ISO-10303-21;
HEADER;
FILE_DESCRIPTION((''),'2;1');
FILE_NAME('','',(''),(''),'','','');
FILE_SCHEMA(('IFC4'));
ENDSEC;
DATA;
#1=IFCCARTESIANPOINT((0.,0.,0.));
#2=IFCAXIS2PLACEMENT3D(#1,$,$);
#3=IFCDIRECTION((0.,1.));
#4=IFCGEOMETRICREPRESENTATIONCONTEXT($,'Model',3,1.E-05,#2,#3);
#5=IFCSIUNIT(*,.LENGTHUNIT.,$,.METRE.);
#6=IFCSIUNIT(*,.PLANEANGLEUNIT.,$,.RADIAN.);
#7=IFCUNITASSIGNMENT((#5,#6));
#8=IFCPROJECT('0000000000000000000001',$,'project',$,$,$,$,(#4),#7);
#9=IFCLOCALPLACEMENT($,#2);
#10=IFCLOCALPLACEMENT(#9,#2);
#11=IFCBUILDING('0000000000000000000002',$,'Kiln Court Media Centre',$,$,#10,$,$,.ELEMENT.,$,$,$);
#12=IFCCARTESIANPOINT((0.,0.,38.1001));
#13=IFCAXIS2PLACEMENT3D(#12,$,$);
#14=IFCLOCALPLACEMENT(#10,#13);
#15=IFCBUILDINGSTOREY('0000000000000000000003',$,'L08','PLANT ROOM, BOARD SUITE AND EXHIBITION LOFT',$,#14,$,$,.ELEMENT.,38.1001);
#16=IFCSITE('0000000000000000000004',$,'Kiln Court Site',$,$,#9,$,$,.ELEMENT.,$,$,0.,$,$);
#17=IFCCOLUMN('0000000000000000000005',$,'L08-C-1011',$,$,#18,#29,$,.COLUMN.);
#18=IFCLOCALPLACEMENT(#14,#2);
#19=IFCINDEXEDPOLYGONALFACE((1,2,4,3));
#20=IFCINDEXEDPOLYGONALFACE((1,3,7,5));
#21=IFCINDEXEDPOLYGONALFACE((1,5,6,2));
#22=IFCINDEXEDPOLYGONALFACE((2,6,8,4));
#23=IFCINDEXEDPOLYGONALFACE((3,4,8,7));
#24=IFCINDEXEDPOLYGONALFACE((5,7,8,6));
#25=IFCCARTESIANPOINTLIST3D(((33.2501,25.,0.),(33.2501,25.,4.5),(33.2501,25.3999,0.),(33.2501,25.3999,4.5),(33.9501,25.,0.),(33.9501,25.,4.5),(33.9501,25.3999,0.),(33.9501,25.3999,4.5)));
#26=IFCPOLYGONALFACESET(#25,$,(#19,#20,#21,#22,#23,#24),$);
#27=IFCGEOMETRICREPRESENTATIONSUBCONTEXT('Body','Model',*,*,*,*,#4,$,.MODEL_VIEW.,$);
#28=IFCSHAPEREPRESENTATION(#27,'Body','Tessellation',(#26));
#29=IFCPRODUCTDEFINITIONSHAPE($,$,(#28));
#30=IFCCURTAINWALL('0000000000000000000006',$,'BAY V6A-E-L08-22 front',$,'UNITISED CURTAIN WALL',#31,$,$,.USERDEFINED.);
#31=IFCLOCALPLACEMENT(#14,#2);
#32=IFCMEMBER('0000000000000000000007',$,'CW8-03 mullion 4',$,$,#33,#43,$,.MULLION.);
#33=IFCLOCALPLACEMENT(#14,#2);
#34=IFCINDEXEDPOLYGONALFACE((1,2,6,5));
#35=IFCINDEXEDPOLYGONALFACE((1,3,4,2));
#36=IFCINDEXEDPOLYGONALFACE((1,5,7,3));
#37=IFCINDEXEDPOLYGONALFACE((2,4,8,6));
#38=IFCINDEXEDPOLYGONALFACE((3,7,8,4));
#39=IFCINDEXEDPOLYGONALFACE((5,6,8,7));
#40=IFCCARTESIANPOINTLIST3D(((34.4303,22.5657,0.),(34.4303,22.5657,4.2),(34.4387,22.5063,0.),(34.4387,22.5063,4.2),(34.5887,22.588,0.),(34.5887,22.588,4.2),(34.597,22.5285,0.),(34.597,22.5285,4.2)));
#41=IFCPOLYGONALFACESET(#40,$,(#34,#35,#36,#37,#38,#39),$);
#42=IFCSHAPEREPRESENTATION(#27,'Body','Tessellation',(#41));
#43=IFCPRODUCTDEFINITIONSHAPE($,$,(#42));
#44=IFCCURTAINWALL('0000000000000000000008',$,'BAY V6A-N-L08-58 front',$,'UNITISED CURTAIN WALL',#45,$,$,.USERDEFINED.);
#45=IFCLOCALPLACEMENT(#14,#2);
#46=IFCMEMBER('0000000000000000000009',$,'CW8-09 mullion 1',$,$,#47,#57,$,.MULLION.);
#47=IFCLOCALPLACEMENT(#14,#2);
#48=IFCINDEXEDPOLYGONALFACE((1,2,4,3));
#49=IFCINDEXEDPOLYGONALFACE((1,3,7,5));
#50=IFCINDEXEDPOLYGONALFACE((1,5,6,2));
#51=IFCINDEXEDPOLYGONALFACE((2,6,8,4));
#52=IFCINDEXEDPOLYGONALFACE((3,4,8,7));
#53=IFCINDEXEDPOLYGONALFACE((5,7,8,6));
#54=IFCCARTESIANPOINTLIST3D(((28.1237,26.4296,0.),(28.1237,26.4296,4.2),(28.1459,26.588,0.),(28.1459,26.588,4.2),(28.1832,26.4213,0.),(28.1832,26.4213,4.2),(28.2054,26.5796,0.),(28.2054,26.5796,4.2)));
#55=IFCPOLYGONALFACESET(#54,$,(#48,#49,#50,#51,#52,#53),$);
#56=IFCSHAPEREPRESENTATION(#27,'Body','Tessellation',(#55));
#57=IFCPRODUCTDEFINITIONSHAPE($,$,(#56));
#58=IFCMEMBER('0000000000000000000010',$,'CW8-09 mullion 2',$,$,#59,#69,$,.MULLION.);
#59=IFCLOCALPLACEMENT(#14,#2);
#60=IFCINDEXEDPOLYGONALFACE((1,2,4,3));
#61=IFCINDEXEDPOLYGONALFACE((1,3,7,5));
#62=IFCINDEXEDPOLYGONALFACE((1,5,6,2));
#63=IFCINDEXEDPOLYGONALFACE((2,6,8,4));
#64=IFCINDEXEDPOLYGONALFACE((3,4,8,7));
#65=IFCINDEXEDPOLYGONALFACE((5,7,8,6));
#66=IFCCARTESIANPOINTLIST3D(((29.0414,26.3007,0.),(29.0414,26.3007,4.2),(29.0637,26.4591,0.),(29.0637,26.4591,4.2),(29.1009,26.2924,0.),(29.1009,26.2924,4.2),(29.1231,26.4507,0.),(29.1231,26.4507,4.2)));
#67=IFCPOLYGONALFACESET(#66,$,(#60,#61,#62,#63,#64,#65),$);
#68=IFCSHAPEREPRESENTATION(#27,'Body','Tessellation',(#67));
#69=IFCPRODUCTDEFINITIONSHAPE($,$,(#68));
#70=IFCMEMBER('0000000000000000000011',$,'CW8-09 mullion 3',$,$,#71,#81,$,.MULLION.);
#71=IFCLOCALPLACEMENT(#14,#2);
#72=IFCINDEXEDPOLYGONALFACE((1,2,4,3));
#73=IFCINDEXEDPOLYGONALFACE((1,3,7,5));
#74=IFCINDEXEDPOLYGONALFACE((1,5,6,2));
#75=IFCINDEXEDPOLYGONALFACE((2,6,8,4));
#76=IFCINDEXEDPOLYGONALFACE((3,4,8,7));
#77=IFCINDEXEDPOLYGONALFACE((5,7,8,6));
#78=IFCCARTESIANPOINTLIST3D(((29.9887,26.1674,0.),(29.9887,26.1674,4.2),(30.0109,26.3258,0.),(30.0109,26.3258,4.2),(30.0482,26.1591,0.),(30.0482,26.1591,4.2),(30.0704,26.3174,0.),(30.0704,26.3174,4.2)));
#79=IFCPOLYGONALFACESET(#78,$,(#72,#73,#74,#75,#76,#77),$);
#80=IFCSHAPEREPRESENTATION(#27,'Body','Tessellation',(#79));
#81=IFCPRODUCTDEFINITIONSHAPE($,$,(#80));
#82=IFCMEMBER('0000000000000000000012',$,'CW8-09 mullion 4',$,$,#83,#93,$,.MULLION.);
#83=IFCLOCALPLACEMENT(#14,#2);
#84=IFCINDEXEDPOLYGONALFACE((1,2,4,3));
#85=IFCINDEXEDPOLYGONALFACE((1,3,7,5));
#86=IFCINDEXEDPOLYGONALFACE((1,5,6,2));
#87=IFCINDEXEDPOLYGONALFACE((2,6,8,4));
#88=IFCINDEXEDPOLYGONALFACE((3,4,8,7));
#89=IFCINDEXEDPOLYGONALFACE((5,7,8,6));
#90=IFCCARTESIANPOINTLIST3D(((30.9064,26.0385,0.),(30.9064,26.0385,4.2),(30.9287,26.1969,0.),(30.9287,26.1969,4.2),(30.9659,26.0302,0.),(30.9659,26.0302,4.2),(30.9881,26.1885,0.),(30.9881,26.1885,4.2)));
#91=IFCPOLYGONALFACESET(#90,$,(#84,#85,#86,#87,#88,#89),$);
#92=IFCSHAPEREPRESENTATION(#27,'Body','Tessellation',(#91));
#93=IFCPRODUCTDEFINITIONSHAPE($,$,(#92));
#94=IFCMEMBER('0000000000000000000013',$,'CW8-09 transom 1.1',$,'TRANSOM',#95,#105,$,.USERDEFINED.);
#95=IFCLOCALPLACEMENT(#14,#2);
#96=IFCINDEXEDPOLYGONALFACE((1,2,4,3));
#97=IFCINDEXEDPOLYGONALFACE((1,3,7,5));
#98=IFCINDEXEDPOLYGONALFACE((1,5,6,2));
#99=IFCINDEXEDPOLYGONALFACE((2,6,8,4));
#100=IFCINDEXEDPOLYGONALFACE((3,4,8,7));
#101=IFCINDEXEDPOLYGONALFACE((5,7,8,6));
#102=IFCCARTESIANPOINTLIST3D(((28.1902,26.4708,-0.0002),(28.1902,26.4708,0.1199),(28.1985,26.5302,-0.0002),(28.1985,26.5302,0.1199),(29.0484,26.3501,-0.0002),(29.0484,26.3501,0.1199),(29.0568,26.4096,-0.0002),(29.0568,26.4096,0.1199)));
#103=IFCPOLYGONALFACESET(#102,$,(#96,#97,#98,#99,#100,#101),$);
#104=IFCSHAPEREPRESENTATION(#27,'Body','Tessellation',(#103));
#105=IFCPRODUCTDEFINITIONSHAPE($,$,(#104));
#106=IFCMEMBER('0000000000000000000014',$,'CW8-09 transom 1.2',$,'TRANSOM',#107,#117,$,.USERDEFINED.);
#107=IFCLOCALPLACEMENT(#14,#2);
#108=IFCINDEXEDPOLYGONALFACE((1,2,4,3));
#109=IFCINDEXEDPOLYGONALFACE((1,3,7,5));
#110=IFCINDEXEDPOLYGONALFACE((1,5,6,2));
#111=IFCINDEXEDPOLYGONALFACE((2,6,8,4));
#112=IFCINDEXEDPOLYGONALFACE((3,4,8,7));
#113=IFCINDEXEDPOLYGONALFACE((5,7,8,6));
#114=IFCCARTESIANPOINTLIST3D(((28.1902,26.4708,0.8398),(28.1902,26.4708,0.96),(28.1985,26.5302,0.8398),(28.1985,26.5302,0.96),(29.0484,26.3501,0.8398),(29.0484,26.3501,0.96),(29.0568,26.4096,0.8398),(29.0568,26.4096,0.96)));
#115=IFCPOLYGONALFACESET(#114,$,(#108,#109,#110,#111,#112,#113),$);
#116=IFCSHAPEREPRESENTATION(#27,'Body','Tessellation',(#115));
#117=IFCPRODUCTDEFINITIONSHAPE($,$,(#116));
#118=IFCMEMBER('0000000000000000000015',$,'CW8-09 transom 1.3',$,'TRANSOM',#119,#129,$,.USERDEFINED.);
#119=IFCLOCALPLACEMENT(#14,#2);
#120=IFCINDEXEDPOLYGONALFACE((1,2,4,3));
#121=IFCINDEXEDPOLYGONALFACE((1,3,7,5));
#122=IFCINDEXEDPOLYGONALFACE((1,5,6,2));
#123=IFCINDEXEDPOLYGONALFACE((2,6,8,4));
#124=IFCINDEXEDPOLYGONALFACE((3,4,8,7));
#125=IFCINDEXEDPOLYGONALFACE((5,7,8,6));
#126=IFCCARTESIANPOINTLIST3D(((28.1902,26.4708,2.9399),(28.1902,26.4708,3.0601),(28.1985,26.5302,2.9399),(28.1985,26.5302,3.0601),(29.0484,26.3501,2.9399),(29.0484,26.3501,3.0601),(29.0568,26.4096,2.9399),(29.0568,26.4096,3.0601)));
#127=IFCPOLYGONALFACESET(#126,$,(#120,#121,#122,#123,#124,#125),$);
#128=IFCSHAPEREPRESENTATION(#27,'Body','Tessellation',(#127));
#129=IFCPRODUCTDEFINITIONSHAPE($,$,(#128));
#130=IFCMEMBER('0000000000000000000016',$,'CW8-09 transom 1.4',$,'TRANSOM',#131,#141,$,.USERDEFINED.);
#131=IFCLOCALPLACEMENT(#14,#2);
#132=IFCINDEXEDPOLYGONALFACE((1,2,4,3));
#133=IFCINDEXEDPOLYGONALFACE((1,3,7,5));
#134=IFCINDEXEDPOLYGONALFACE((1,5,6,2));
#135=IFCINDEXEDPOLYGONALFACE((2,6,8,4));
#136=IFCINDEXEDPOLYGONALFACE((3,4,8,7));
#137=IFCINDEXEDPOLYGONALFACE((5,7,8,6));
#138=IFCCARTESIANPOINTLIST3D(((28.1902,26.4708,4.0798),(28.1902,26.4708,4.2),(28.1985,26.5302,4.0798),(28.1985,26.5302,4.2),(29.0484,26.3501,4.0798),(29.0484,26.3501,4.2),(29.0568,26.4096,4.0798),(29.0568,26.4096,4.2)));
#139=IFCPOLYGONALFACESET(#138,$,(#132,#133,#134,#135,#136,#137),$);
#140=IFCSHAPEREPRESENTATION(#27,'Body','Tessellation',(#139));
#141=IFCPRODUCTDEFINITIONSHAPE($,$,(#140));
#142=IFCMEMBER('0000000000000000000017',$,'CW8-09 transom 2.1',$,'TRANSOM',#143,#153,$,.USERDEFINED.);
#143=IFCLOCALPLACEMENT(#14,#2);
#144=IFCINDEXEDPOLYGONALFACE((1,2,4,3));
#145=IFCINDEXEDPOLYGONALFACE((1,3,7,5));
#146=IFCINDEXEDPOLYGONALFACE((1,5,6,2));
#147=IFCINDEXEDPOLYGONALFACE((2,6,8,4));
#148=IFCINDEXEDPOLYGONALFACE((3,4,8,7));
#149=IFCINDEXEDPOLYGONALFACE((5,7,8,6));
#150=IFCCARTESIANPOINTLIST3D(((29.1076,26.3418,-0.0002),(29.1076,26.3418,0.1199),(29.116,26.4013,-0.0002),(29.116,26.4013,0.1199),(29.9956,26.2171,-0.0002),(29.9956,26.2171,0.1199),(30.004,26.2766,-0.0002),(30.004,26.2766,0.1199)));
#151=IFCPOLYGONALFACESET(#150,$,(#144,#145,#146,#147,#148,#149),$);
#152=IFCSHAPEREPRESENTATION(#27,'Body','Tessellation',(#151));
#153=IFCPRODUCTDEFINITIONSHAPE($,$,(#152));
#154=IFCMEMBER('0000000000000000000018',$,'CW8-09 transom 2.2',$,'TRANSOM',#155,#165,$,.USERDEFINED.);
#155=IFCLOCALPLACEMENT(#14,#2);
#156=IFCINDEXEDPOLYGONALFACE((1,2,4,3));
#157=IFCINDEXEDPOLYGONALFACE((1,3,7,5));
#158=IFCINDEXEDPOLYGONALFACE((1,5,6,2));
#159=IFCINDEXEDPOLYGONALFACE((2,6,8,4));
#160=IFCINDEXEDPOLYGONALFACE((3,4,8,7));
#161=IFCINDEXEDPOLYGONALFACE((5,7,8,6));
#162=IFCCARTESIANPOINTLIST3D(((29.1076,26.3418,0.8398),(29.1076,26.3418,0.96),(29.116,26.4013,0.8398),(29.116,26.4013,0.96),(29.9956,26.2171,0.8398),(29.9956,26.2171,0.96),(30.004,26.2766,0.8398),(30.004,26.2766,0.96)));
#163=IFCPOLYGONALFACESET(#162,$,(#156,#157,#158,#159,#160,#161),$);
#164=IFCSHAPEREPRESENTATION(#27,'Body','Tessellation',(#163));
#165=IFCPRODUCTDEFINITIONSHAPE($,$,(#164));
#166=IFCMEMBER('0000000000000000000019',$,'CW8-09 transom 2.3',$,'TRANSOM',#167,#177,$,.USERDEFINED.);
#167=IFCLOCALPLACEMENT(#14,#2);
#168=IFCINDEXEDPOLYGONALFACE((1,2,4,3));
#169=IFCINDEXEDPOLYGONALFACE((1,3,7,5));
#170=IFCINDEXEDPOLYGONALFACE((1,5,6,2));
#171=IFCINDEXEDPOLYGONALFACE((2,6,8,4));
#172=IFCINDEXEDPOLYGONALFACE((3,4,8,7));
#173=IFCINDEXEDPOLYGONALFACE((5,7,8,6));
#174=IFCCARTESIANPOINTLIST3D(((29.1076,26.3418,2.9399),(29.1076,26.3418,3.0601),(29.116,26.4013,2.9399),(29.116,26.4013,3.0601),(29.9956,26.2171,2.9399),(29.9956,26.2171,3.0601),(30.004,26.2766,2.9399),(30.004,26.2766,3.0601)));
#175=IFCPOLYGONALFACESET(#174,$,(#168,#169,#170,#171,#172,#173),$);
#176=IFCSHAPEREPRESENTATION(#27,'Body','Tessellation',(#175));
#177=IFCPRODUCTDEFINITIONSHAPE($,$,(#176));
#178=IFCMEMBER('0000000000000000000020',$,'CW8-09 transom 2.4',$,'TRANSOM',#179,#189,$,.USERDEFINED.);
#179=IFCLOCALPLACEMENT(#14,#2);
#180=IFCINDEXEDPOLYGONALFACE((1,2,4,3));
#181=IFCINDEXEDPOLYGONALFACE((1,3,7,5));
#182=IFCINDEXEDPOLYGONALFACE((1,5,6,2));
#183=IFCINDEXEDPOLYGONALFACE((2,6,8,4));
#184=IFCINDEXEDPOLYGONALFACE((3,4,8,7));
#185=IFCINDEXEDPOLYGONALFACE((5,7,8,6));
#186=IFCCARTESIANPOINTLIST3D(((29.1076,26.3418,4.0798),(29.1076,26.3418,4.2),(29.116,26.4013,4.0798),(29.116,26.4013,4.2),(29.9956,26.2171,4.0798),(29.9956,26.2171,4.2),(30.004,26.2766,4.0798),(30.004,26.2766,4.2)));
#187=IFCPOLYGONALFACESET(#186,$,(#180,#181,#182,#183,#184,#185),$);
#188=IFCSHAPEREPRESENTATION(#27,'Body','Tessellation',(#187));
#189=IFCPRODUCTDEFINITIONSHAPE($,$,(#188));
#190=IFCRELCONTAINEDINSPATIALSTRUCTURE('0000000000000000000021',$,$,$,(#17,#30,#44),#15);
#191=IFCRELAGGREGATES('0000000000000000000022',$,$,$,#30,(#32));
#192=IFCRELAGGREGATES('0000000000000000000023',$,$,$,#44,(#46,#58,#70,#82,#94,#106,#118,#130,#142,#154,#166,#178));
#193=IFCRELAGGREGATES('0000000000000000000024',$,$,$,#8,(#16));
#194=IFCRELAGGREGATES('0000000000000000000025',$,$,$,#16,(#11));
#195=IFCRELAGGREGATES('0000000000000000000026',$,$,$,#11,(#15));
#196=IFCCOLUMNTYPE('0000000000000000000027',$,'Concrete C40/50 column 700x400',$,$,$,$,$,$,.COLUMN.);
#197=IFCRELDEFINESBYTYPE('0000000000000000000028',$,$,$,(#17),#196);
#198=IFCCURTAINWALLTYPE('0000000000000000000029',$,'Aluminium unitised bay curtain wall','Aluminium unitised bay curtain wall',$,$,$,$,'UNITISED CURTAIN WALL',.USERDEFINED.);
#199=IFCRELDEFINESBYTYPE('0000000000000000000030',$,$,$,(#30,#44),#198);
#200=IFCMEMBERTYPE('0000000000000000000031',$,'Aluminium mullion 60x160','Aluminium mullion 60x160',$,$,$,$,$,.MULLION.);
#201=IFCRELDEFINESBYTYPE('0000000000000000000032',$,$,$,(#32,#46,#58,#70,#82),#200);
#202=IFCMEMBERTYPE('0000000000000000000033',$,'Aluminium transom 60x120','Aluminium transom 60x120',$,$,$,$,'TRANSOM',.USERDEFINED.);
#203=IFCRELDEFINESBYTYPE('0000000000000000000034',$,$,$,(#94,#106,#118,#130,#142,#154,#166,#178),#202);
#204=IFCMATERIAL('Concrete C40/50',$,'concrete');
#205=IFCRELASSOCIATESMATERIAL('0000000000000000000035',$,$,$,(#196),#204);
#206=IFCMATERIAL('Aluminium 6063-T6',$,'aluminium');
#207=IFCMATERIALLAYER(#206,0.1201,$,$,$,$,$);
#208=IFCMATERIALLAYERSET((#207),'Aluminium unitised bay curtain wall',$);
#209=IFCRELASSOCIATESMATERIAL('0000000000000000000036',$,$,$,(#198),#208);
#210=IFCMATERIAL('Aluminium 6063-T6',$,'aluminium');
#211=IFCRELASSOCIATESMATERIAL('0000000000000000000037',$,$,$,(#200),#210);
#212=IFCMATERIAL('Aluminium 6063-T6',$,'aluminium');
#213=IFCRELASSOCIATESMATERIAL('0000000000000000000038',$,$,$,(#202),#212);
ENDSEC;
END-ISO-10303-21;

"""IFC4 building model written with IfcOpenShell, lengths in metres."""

from ifc_helpers import new_model, si_unit, direction, frame, origin, origin_2d, place, context, subcontext, project, spatial, rectangle, extrude, material, layer, layer_set, material_profile, profile_set, type_object, element, aggregate, save


model = new_model("IFC4")

# Units and contexts
model_context = context("Model", 3, precision=1e-05, world=origin(), true_north=direction((0.0, 1.0)))
body_context = subcontext(model_context, "Body", "Model", "MODEL_VIEW")
ifc_project = project(units=[si_unit("LENGTHUNIT", "METRE"), si_unit("PLANEANGLEUNIT", "RADIAN")], contexts=[model_context])

# Site, building, storey
site_placement = place(None, origin())
site = spatial("IfcSite", under=ifc_project, at=site_placement, Name="Kiln Court Site", CompositionType="ELEMENT", RefElevation=0.0)
building_placement = place(site_placement, origin())
building = spatial("IfcBuilding", under=site, at=building_placement, Name="Kiln Court Media Centre", CompositionType="ELEMENT")
storey_placement = place(building_placement, frame((0.0, 0.0, 38.1001)))
storey = spatial("IfcBuildingStorey", under=building, at=storey_placement, Name="L08", Description="PLANT ROOM, BOARD SUITE AND EXHIBITION LOFT", CompositionType="ELEMENT", Elevation=38.1001)

# Column
ifc_material_1 = material(Name="Concrete C40/50", Category="concrete")
ifc_material_profile_1 = material_profile(ifc_material_1, rectangle(XDim=0.7, YDim=0.3999, at=origin_2d()), Name="RC 700x400")
ifc_profile_set_1 = profile_set([ifc_material_profile_1], Name="Concrete C40/50")
column_type = type_object("IfcColumnType", Name="Concrete C40/50 column 700x400", PredefinedType="COLUMN", material=ifc_profile_set_1)
column_placement = place(storey_placement, frame((33.6001, 25.2, 0.0), z_axis=(0.0, 0.0, 1.0), x_axis=(1.0, 0.0, 0.0)))
element("IfcColumn", 1, at=column_placement, inside=storey, type_object=column_type, Name="L08-C-1011", PredefinedType="COLUMN", context=body_context, shape_type="SweptSolid", body=[
    extrude(rectangle(XDim=0.7, YDim=0.3999, at=origin_2d()), origin(), (0.0, 0.0, 1.0), 4.5),
])

# Curtain wall, member
ifc_material_2 = material(Name="Aluminium 6063-T6", Category="aluminium")
ifc_layer_1 = layer(ifc_material_2, 0.1201)
ifc_layer_set_1 = layer_set([ifc_layer_1], Name="Aluminium unitised bay curtain wall")
curtain_wall_type = type_object("IfcCurtainWallType", Name="Aluminium unitised bay curtain wall", Description="Aluminium unitised bay curtain wall", ElementType="UNITISED CURTAIN WALL", PredefinedType="USERDEFINED", material=ifc_layer_set_1)
curtain_wall_1_placement = place(storey_placement, origin())
curtain_wall_1 = element("IfcCurtainWall", 2, at=curtain_wall_1_placement, inside=storey, type_object=curtain_wall_type, Name="BAY V6A-E-L08-22 front", ObjectType="UNITISED CURTAIN WALL", PredefinedType="USERDEFINED")
ifc_material_3 = material(Name="Aluminium 6063-T6", Category="aluminium")
ifc_material_profile_2 = material_profile(ifc_material_3, rectangle(XDim=0.0601, YDim=0.1599, at=origin_2d()), Name="Aluminium mullion 60x160")
ifc_profile_set_2 = profile_set([ifc_material_profile_2], Name="Aluminium 6063-T6")
member_type_1 = type_object("IfcMemberType", Name="Aluminium mullion 60x160", Description="Aluminium mullion 60x160", PredefinedType="MULLION", material=ifc_profile_set_2)
member_1_placement = place(storey_placement, frame((34.5137, 22.5471, 0.0), z_axis=(0.0, 0.0, 1.0), x_axis=(-0.139162, 0.99027, 0.0)))
member_1 = element("IfcMember", 3, at=member_1_placement, type_object=member_type_1, Name="CW8-03 mullion 4", PredefinedType="MULLION", context=body_context, shape_type="SweptSolid", body=[
    extrude(rectangle(XDim=0.0601, YDim=0.1599, at=origin_2d()), origin(), (0.0, 0.0, 1.0), 4.2),
])

# Curtain wall, members
curtain_wall_2_placement = place(storey_placement, origin())
curtain_wall_2 = element("IfcCurtainWall", 4, at=curtain_wall_2_placement, inside=storey, type_object=curtain_wall_type, Name="BAY V6A-N-L08-58 front", ObjectType="UNITISED CURTAIN WALL", PredefinedType="USERDEFINED")
member_2_placement = place(storey_placement, frame((28.1646, 26.5046, 0.0), z_axis=(0.0, 0.0, 1.0), x_axis=(0.99027, -0.139162, 0.0)))
member_2 = element("IfcMember", 5, at=member_2_placement, type_object=member_type_1, Name="CW8-09 mullion 1", PredefinedType="MULLION", context=body_context, shape_type="SweptSolid", body=[
    extrude(rectangle(XDim=0.0601, YDim=0.1599, at=origin_2d()), origin(), (0.0, 0.0, 1.0), 4.2),
])
member_3_placement = place(storey_placement, frame((29.0823, 26.3757, 0.0), z_axis=(0.0, 0.0, 1.0), x_axis=(0.99027, -0.139162, 0.0)))
member_3 = element("IfcMember", 6, at=member_3_placement, type_object=member_type_1, Name="CW8-09 mullion 2", PredefinedType="MULLION", context=body_context, shape_type="SweptSolid", body=[
    extrude(rectangle(XDim=0.0601, YDim=0.1599, at=origin_2d()), origin(), (0.0, 0.0, 1.0), 4.2),
])
member_4_placement = place(storey_placement, frame((30.0295, 26.2424, 0.0), z_axis=(0.0, 0.0, 1.0), x_axis=(0.99027, -0.139162, 0.0)))
member_4 = element("IfcMember", 7, at=member_4_placement, type_object=member_type_1, Name="CW8-09 mullion 3", PredefinedType="MULLION", context=body_context, shape_type="SweptSolid", body=[
    extrude(rectangle(XDim=0.0601, YDim=0.1599, at=origin_2d()), origin(), (0.0, 0.0, 1.0), 4.2),
])
member_5_placement = place(storey_placement, frame((30.9473, 26.1135, 0.0), z_axis=(0.0, 0.0, 1.0), x_axis=(0.99027, -0.139162, 0.0)))
member_5 = element("IfcMember", 8, at=member_5_placement, type_object=member_type_1, Name="CW8-09 mullion 4", PredefinedType="MULLION", context=body_context, shape_type="SweptSolid", body=[
    extrude(rectangle(XDim=0.0601, YDim=0.1599, at=origin_2d()), origin(), (0.0, 0.0, 1.0), 4.2),
])
ifc_material_4 = material(Name="Aluminium 6063-T6", Category="aluminium")
ifc_material_profile_3 = material_profile(ifc_material_4, rectangle(XDim=0.0601, YDim=0.1201, at=origin_2d()), Name="Aluminium transom 60x120")
ifc_profile_set_3 = profile_set([ifc_material_profile_3], Name="Aluminium 6063-T6")
member_type_2 = type_object("IfcMemberType", Name="Aluminium transom 60x120", Description="Aluminium transom 60x120", ElementType="TRANSOM", PredefinedType="USERDEFINED", material=ifc_profile_set_3)
member_6_placement = place(storey_placement, frame((28.1943, 26.5005, 0.0598), z_axis=(0.990268, -0.139173, 0.0), x_axis=(0.139173, 0.990268, 0.0)))
member_6 = element("IfcMember", 9, at=member_6_placement, type_object=member_type_2, Name="CW8-09 transom 1.1", ObjectType="TRANSOM", PredefinedType="USERDEFINED", context=body_context, shape_type="SweptSolid", body=[
    extrude(rectangle(XDim=0.0601, YDim=0.1201, at=origin_2d()), origin(), (0.0, 0.0, 1.0), 0.8667),
])
member_7_placement = place(storey_placement, frame((28.1943, 26.5005, 0.8999), z_axis=(0.990268, -0.139173, 0.0), x_axis=(0.139173, 0.990268, 0.0)))
member_7 = element("IfcMember", 10, at=member_7_placement, type_object=member_type_2, Name="CW8-09 transom 1.2", ObjectType="TRANSOM", PredefinedType="USERDEFINED", context=body_context, shape_type="SweptSolid", body=[
    extrude(rectangle(XDim=0.0601, YDim=0.1201, at=origin_2d()), origin(), (0.0, 0.0, 1.0), 0.8667),
])
member_8_placement = place(storey_placement, frame((28.1943, 26.5005, 3.0), z_axis=(0.990268, -0.139173, 0.0), x_axis=(0.139173, 0.990268, 0.0)))
member_8 = element("IfcMember", 11, at=member_8_placement, type_object=member_type_2, Name="CW8-09 transom 1.3", ObjectType="TRANSOM", PredefinedType="USERDEFINED", context=body_context, shape_type="SweptSolid", body=[
    extrude(rectangle(XDim=0.0601, YDim=0.1201, at=origin_2d()), origin(), (0.0, 0.0, 1.0), 0.8667),
])
member_9_placement = place(storey_placement, frame((28.1943, 26.5005, 4.1399), z_axis=(0.990268, -0.139173, 0.0), x_axis=(0.139173, 0.990268, 0.0)))
member_9 = element("IfcMember", 12, at=member_9_placement, type_object=member_type_2, Name="CW8-09 transom 1.4", ObjectType="TRANSOM", PredefinedType="USERDEFINED", context=body_context, shape_type="SweptSolid", body=[
    extrude(rectangle(XDim=0.0601, YDim=0.1201, at=origin_2d()), origin(), (0.0, 0.0, 1.0), 0.8667),
])
member_10_placement = place(storey_placement, frame((29.1118, 26.3716, 0.0598), z_axis=(0.990274, -0.139134, 0.0), x_axis=(0.139134, 0.990274, 0.0)))
member_10 = element("IfcMember", 13, at=member_10_placement, type_object=member_type_2, Name="CW8-09 transom 2.1", ObjectType="TRANSOM", PredefinedType="USERDEFINED", context=body_context, shape_type="SweptSolid", body=[
    extrude(rectangle(XDim=0.0601, YDim=0.1201, at=origin_2d()), origin(), (0.0, 0.0, 1.0), 0.8967),
])
member_11_placement = place(storey_placement, frame((29.1118, 26.3716, 0.8999), z_axis=(0.990274, -0.139134, 0.0), x_axis=(0.139134, 0.990274, 0.0)))
member_11 = element("IfcMember", 14, at=member_11_placement, type_object=member_type_2, Name="CW8-09 transom 2.2", ObjectType="TRANSOM", PredefinedType="USERDEFINED", context=body_context, shape_type="SweptSolid", body=[
    extrude(rectangle(XDim=0.0601, YDim=0.1201, at=origin_2d()), origin(), (0.0, 0.0, 1.0), 0.8967),
])
member_12_placement = place(storey_placement, frame((29.1118, 26.3716, 3.0), z_axis=(0.990274, -0.139134, 0.0), x_axis=(0.139134, 0.990274, 0.0)))
member_12 = element("IfcMember", 15, at=member_12_placement, type_object=member_type_2, Name="CW8-09 transom 2.3", ObjectType="TRANSOM", PredefinedType="USERDEFINED", context=body_context, shape_type="SweptSolid", body=[
    extrude(rectangle(XDim=0.0601, YDim=0.1201, at=origin_2d()), origin(), (0.0, 0.0, 1.0), 0.8967),
])
member_13_placement = place(storey_placement, frame((29.1118, 26.3716, 4.1399), z_axis=(0.990274, -0.139134, 0.0), x_axis=(0.139134, 0.990274, 0.0)))
member_13 = element("IfcMember", 16, at=member_13_placement, type_object=member_type_2, Name="CW8-09 transom 2.4", ObjectType="TRANSOM", PredefinedType="USERDEFINED", context=body_context, shape_type="SweptSolid", body=[
    extrude(rectangle(XDim=0.0601, YDim=0.1201, at=origin_2d()), origin(), (0.0, 0.0, 1.0), 0.8967),
])

aggregate(curtain_wall_1, [member_1])
aggregate(curtain_wall_2, [member_2, member_3, member_4, member_5, member_6, member_7, member_8, member_9, member_10, member_11, member_12, member_13])

save(model, "model.ifc")
